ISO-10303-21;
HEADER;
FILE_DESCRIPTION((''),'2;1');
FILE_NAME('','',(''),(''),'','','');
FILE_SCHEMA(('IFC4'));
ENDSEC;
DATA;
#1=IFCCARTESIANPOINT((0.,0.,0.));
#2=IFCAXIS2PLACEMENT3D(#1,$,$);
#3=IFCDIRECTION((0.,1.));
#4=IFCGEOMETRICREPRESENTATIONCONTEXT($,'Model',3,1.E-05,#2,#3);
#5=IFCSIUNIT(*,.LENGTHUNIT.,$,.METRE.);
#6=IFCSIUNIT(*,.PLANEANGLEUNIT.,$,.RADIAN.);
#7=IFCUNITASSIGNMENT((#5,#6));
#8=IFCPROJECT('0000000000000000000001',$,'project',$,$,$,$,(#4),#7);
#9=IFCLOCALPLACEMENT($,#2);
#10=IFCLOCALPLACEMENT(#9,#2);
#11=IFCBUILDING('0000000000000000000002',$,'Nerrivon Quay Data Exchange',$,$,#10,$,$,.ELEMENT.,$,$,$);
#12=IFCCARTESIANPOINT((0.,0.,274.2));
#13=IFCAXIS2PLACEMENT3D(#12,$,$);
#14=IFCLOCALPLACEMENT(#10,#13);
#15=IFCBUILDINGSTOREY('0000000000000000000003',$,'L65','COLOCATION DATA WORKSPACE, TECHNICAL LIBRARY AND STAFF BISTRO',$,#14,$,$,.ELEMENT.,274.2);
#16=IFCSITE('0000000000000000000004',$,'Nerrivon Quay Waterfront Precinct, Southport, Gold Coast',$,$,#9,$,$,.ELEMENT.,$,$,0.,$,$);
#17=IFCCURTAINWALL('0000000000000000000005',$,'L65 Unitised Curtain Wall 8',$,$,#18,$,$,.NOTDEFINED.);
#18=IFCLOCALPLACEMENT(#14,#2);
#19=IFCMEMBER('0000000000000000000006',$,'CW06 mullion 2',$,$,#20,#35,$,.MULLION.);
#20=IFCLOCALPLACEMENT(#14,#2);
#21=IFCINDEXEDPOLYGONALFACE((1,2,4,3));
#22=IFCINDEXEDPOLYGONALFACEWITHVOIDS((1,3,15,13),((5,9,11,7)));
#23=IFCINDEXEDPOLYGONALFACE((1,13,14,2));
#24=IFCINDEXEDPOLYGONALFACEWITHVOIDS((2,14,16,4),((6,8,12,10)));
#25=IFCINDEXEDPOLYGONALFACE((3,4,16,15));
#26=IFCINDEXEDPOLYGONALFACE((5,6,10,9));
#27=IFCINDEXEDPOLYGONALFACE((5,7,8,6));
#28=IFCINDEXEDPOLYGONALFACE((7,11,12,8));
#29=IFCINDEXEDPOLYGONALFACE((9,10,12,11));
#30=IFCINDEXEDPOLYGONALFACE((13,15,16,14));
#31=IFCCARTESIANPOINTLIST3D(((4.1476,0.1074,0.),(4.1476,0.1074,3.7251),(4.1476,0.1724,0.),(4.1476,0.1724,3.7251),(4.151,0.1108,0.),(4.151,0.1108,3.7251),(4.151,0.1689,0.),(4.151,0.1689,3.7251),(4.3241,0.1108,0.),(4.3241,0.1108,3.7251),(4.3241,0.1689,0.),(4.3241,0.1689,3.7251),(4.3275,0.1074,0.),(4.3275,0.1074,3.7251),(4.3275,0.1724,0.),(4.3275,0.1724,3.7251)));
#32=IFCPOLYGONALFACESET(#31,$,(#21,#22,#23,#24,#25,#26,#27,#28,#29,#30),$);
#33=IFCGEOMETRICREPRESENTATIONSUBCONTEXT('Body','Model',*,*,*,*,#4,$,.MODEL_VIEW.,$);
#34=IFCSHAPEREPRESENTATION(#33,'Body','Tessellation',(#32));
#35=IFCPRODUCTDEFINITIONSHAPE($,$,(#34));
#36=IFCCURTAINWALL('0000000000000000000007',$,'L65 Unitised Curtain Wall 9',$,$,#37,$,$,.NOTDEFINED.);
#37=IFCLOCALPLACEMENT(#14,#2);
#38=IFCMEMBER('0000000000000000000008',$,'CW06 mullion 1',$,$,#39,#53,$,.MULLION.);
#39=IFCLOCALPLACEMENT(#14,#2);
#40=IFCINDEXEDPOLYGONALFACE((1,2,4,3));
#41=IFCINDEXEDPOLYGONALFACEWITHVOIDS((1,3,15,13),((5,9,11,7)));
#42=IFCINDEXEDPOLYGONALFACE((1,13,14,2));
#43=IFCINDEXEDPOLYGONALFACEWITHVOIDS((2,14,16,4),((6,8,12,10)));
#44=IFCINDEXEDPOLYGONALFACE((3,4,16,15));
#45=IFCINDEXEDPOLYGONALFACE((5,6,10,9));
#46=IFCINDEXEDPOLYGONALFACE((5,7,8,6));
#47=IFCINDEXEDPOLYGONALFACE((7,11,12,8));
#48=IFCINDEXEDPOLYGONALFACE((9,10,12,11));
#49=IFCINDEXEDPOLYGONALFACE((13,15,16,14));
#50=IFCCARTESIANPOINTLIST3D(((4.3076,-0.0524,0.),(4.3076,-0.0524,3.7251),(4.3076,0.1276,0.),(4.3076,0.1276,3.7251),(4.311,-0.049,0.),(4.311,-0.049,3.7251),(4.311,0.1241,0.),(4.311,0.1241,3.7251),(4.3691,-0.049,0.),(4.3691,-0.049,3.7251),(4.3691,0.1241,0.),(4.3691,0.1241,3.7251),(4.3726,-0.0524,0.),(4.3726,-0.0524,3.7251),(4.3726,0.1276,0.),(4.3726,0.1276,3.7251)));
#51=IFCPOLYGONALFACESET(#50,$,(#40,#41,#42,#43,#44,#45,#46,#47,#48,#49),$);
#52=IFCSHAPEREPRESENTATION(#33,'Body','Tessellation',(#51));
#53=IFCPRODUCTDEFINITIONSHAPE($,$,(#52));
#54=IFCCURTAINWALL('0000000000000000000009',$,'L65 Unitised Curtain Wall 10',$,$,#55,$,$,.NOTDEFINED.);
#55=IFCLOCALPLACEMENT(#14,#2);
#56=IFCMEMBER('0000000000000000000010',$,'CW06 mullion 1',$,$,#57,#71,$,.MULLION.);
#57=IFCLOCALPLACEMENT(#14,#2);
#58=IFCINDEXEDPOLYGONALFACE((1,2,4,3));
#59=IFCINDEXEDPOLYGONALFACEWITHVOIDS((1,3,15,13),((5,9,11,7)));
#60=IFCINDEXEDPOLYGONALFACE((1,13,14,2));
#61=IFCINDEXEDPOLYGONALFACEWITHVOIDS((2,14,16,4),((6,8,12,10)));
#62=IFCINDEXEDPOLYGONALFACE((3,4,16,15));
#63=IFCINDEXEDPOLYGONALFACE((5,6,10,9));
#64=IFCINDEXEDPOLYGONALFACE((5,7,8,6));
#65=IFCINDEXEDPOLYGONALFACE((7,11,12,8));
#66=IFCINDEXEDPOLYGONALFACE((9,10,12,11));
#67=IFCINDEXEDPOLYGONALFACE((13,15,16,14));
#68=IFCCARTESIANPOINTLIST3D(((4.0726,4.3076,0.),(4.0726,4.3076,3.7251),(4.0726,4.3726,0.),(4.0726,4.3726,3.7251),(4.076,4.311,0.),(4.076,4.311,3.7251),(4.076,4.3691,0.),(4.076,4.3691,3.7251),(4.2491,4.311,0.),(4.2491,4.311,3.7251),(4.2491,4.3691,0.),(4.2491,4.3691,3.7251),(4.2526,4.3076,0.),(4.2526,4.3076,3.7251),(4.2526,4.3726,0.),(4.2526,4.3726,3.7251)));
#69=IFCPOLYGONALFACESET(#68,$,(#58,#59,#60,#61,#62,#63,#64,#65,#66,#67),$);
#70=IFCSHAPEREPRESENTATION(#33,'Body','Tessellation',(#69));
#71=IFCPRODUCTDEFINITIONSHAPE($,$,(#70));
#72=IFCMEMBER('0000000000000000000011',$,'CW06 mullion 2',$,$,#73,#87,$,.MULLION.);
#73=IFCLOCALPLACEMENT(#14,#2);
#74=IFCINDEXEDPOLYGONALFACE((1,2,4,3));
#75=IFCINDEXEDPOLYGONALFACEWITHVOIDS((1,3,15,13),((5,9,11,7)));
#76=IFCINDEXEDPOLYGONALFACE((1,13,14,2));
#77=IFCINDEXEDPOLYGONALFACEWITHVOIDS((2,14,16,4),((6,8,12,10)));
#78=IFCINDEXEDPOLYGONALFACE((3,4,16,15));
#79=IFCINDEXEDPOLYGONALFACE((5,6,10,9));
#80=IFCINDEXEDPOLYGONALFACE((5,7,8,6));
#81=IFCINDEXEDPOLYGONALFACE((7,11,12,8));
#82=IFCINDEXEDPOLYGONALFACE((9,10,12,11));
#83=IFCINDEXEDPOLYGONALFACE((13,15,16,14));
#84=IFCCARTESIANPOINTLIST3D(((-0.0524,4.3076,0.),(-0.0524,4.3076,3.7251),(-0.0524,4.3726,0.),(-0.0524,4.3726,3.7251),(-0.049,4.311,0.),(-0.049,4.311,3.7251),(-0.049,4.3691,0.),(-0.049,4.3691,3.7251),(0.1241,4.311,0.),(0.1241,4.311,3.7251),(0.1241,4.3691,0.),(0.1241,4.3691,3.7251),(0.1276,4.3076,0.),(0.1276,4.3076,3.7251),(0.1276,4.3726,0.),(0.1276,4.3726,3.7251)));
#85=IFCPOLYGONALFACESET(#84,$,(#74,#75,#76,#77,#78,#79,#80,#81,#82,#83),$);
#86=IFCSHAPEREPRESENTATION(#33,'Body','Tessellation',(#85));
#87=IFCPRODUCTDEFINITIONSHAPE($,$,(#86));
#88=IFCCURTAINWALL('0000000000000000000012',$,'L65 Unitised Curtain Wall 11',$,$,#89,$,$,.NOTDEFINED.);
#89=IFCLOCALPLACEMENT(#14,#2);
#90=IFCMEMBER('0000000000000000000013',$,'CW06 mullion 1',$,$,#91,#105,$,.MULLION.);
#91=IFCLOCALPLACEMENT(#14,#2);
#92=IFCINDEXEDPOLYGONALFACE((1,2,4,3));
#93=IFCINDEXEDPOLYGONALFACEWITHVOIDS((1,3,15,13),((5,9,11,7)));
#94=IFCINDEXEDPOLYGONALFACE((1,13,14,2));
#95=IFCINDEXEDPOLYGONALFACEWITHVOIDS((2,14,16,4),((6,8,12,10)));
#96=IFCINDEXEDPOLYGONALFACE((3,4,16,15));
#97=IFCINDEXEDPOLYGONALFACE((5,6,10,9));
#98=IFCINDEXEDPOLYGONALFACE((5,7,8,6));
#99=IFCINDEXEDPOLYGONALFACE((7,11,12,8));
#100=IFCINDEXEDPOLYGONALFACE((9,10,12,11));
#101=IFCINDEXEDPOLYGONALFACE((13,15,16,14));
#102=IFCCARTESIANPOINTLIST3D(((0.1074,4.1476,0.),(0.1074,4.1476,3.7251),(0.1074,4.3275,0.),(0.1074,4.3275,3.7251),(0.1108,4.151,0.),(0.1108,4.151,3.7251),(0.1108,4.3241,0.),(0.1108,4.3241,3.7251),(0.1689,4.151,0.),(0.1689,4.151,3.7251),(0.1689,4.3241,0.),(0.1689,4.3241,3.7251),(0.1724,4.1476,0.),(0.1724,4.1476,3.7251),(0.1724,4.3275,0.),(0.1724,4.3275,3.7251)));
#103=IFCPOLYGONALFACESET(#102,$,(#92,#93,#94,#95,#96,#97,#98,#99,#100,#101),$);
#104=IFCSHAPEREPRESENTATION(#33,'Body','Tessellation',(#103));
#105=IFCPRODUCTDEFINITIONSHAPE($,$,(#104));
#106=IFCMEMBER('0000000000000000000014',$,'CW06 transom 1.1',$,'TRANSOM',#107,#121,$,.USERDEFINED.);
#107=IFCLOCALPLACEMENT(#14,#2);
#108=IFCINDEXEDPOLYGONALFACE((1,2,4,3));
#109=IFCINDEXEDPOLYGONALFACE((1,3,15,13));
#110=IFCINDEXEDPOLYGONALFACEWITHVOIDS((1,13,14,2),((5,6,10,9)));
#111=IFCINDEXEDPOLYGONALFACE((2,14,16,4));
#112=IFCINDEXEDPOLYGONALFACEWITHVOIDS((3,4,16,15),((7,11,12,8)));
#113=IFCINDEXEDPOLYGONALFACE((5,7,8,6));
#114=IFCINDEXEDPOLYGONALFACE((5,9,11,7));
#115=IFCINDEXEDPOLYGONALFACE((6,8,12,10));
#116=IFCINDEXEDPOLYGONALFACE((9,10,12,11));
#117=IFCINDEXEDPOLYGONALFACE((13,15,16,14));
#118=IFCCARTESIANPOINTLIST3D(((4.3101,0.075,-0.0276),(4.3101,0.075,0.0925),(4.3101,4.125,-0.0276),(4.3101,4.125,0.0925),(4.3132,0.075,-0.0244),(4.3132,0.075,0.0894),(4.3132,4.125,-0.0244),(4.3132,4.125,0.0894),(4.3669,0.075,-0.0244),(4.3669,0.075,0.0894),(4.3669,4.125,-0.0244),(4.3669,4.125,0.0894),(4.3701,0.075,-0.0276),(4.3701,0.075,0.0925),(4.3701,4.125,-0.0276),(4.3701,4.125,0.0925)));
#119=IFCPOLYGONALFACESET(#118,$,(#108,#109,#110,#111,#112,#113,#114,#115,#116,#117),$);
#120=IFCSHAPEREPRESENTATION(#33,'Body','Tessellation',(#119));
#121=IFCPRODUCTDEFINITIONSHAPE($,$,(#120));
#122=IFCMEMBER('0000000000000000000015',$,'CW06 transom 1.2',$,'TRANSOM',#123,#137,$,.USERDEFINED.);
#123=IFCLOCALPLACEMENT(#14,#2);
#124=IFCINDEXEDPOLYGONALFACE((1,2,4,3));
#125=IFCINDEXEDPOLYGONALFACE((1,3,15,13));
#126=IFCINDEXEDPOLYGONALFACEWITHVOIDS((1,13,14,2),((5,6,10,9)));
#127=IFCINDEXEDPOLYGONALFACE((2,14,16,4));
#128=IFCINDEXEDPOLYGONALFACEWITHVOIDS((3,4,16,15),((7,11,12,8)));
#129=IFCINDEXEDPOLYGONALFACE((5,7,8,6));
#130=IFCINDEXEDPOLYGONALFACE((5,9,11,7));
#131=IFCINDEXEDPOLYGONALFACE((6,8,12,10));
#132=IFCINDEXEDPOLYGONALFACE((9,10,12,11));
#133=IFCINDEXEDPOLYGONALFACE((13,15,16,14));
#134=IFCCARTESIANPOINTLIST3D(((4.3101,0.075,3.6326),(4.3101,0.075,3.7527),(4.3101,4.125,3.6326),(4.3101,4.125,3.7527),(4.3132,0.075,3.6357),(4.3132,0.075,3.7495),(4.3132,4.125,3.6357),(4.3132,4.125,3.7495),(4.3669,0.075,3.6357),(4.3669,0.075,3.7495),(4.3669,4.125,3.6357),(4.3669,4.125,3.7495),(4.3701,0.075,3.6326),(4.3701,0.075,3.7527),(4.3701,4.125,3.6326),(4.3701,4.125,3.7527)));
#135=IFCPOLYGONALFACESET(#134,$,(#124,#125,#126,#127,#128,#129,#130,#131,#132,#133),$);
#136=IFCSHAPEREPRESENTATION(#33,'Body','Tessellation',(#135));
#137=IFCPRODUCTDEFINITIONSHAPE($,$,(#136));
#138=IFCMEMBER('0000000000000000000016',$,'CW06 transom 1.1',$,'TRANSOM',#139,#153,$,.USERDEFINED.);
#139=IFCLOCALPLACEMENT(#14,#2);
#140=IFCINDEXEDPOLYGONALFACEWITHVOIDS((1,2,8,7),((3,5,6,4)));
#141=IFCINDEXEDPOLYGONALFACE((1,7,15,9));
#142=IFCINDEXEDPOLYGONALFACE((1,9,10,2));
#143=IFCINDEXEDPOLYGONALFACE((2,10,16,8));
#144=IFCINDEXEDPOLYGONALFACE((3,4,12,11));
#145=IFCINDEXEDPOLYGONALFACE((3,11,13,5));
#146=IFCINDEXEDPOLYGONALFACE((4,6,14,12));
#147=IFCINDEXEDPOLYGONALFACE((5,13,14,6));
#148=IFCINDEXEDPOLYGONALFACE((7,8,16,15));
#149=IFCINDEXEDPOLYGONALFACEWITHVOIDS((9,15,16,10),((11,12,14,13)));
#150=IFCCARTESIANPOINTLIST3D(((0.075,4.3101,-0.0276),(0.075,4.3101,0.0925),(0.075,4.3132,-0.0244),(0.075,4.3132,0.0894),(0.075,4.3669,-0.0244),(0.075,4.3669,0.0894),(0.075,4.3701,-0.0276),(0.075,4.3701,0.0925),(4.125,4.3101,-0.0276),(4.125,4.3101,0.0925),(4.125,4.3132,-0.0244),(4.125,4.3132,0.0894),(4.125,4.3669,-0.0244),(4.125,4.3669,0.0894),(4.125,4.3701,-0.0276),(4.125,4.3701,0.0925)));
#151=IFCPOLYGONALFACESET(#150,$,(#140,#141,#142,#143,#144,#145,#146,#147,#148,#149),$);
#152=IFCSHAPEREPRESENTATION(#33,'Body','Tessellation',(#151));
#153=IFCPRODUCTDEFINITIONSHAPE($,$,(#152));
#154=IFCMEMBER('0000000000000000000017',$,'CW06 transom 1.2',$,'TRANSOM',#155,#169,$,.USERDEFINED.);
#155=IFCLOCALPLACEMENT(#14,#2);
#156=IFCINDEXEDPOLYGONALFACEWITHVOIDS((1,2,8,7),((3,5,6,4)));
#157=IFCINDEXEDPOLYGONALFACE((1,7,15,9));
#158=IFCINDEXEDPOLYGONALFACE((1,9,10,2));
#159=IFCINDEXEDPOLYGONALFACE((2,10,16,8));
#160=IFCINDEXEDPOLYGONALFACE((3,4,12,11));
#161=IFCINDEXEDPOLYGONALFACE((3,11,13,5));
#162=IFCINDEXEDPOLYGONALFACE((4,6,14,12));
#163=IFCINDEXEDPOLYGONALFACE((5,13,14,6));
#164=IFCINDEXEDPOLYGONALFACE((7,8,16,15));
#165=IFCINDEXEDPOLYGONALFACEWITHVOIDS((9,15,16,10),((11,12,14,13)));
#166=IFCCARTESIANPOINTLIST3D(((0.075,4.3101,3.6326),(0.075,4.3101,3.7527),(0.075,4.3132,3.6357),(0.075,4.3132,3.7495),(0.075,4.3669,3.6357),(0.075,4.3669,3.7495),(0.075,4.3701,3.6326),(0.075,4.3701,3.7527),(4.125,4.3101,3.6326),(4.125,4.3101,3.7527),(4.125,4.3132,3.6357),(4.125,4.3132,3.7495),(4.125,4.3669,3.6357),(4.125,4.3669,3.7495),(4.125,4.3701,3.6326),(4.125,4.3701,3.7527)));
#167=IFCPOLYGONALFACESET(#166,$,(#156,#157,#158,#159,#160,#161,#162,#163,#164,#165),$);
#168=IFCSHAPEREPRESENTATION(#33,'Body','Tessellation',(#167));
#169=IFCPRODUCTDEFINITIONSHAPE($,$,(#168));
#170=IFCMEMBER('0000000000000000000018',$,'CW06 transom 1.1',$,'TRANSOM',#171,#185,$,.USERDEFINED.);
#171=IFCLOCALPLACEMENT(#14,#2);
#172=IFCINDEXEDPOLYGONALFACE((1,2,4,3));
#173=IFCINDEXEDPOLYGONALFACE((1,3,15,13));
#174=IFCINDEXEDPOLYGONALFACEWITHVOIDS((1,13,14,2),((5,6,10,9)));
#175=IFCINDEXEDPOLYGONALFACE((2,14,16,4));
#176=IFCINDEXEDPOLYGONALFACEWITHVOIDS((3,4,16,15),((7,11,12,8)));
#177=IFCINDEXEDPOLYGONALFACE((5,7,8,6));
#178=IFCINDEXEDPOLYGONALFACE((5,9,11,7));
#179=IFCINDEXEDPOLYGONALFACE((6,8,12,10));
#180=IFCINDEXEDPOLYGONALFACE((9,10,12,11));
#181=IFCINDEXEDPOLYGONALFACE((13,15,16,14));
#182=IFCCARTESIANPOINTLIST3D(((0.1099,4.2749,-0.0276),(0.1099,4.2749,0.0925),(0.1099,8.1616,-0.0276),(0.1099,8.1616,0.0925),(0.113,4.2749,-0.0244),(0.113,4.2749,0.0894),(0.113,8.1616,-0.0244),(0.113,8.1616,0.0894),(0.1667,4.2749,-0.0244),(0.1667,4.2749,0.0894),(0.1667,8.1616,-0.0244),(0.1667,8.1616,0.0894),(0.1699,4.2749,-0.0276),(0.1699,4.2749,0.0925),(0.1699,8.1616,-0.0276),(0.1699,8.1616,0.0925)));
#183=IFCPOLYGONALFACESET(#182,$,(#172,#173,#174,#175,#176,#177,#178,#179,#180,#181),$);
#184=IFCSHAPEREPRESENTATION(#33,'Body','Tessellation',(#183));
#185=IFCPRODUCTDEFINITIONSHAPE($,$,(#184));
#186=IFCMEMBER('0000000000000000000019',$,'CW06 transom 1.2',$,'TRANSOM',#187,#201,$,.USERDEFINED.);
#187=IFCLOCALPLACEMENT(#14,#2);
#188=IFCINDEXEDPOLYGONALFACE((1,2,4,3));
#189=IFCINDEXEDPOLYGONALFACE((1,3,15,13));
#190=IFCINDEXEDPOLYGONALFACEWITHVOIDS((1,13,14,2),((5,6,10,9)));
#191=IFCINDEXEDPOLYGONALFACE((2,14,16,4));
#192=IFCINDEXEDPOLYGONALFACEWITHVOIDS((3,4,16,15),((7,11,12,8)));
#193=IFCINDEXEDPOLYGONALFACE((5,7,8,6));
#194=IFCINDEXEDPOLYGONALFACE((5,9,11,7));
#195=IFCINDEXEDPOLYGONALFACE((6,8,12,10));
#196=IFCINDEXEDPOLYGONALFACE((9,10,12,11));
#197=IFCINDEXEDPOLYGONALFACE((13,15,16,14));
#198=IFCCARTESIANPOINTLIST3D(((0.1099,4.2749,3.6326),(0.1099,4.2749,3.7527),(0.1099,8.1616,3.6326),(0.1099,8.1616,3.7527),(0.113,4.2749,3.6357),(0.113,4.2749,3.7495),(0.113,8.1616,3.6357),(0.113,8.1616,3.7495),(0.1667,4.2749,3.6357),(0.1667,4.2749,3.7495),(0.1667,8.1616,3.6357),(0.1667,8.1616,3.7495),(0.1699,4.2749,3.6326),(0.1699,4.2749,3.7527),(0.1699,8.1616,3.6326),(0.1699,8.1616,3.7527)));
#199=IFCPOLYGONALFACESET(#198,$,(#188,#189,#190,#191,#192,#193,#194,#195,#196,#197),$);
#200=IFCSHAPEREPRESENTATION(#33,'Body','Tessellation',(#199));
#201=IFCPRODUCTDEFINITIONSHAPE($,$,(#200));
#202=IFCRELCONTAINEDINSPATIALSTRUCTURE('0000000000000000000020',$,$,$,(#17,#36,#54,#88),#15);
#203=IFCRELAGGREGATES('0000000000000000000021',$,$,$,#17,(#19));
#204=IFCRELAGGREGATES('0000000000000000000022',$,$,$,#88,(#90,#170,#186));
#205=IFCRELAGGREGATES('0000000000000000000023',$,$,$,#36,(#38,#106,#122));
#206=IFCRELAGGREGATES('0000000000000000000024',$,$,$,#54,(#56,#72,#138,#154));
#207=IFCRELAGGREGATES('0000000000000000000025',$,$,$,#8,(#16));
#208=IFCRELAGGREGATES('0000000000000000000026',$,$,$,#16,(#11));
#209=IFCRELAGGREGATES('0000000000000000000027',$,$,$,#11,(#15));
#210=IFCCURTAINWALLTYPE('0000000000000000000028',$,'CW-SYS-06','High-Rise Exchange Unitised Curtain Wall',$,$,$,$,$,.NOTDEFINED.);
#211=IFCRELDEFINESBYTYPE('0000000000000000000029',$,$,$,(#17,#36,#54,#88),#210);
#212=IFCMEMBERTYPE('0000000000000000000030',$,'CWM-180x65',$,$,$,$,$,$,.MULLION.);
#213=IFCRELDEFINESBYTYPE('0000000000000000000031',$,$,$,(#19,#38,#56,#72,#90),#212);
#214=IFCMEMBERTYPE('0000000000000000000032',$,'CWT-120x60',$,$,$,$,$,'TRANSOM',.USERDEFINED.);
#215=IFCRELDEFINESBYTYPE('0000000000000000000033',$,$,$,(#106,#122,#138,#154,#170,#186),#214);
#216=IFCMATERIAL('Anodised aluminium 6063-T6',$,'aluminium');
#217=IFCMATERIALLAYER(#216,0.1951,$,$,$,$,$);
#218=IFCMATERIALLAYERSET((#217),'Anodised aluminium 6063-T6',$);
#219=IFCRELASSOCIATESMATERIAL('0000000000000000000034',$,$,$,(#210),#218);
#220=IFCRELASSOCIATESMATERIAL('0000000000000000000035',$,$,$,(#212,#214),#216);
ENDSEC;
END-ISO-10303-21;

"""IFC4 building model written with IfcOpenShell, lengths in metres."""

from ifc_helpers import new_model, si_unit, direction, frame, origin, origin_2d, place, context, subcontext, project, spatial, hollow_rectangle, extrude, material, layer, layer_set, material_profile, profile_set, type_object, element, aggregate, save


model = new_model("IFC4")

# Units and contexts
model_context = context("Model", 3, precision=1e-05, world=origin(), true_north=direction((0.0, 1.0)))
body_context = subcontext(model_context, "Body", "Model", "MODEL_VIEW")
ifc_project = project(units=[si_unit("LENGTHUNIT", "METRE"), si_unit("PLANEANGLEUNIT", "RADIAN")], contexts=[model_context])

# Site, building, storey
site_placement = place(None, origin())
site = spatial("IfcSite", under=ifc_project, at=site_placement, Name="Nerrivon Quay Waterfront Precinct, Southport, Gold Coast", CompositionType="ELEMENT", RefElevation=0.0)
building_placement = place(site_placement, origin())
building = spatial("IfcBuilding", under=site, at=building_placement, Name="Nerrivon Quay Data Exchange", CompositionType="ELEMENT")
storey_placement = place(building_placement, frame((0.0, 0.0, 274.2)))
storey = spatial("IfcBuildingStorey", under=building, at=storey_placement, Name="L65", Description="COLOCATION DATA WORKSPACE, TECHNICAL LIBRARY AND STAFF BISTRO", CompositionType="ELEMENT", Elevation=274.2)

# Curtain walls, members
ifc_material_1 = material(Name="Anodised aluminium 6063-T6", Category="aluminium")
ifc_layer_1 = layer(ifc_material_1, 0.1951)
ifc_layer_set_1 = layer_set([ifc_layer_1], Name="Anodised aluminium 6063-T6")
curtain_wall_type = type_object("IfcCurtainWallType", Name="CW-SYS-06", Description="High-Rise Exchange Unitised Curtain Wall", PredefinedType="NOTDEFINED", material=ifc_layer_set_1)
curtain_wall_1_placement = place(storey_placement, origin())
curtain_wall_1 = element("IfcCurtainWall", 1, at=curtain_wall_1_placement, inside=storey, type_object=curtain_wall_type, Name="L65 Unitised Curtain Wall 8", PredefinedType="NOTDEFINED")
ifc_material_profile_1 = material_profile(ifc_material_1, hollow_rectangle(XDim=0.0649, YDim=0.1799, WallThickness=0.0034, at=origin_2d()), Name="ALU-MULL-180x65")
ifc_profile_set_1 = profile_set([ifc_material_profile_1], Name="Anodised aluminium 6063-T6")
member_type_1 = type_object("IfcMemberType", Name="CWM-180x65", PredefinedType="MULLION", material=ifc_profile_set_1)
member_1_placement = place(storey_placement, frame((4.2375, 0.1399, 0.0), z_axis=(0.0, 0.0, 1.0), x_axis=(0.0, -1.0, 0.0)))
member_1 = element("IfcMember", 2, at=member_1_placement, type_object=member_type_1, Name="CW06 mullion 2", PredefinedType="MULLION", context=body_context, shape_type="SweptSolid", body=[
    extrude(hollow_rectangle(XDim=0.0649, YDim=0.1799, WallThickness=0.0034, at=origin_2d()), origin(), (0.0, 0.0, 1.0), 3.7251),
])
aggregate(curtain_wall_1, [member_1])
curtain_wall_2_placement = place(storey_placement, origin())
curtain_wall_2 = element("IfcCurtainWall", 3, at=curtain_wall_2_placement, inside=storey, type_object=curtain_wall_type, Name="L65 Unitised Curtain Wall 9", PredefinedType="NOTDEFINED")
member_2_placement = place(storey_placement, frame((4.3401, 0.0376, 0.0), z_axis=(0.0, 0.0, 1.0), x_axis=(-1.0, 0.0, 0.0)))
member_2 = element("IfcMember", 4, at=member_2_placement, type_object=member_type_1, Name="CW06 mullion 1", PredefinedType="MULLION", context=body_context, shape_type="SweptSolid", body=[
    extrude(hollow_rectangle(XDim=0.0649, YDim=0.1799, WallThickness=0.0034, at=origin_2d()), origin(), (0.0, 0.0, 1.0), 3.7251),
])

# Curtain wall, members
curtain_wall_3_placement = place(storey_placement, origin())
curtain_wall_3 = element("IfcCurtainWall", 5, at=curtain_wall_3_placement, inside=storey, type_object=curtain_wall_type, Name="L65 Unitised Curtain Wall 10", PredefinedType="NOTDEFINED")
member_3_placement = place(storey_placement, frame((4.1626, 4.3401, 0.0), z_axis=(0.0, 0.0, 1.0), x_axis=(0.0, -1.0, 0.0)))
member_3 = element("IfcMember", 6, at=member_3_placement, type_object=member_type_1, Name="CW06 mullion 1", PredefinedType="MULLION", context=body_context, shape_type="SweptSolid", body=[
    extrude(hollow_rectangle(XDim=0.0649, YDim=0.1799, WallThickness=0.0034, at=origin_2d()), origin(), (0.0, 0.0, 1.0), 3.7251),
])
member_4_placement = place(storey_placement, frame((0.0376, 4.3401, 0.0), z_axis=(0.0, 0.0, 1.0), x_axis=(0.0, -1.0, 0.0)))
member_4 = element("IfcMember", 7, at=member_4_placement, type_object=member_type_1, Name="CW06 mullion 2", PredefinedType="MULLION", context=body_context, shape_type="SweptSolid", body=[
    extrude(hollow_rectangle(XDim=0.0649, YDim=0.1799, WallThickness=0.0034, at=origin_2d()), origin(), (0.0, 0.0, 1.0), 3.7251),
])

# Curtain wall, member
curtain_wall_4_placement = place(storey_placement, origin())
curtain_wall_4 = element("IfcCurtainWall", 8, at=curtain_wall_4_placement, inside=storey, type_object=curtain_wall_type, Name="L65 Unitised Curtain Wall 11", PredefinedType="NOTDEFINED")
member_5_placement = place(storey_placement, frame((0.1399, 4.2375, 0.0), z_axis=(0.0, 0.0, 1.0), x_axis=(-1.0, 0.0, 0.0)))
member_5 = element("IfcMember", 9, at=member_5_placement, type_object=member_type_1, Name="CW06 mullion 1", PredefinedType="MULLION", context=body_context, shape_type="SweptSolid", body=[
    extrude(hollow_rectangle(XDim=0.0649, YDim=0.1799, WallThickness=0.0034, at=origin_2d()), origin(), (0.0, 0.0, 1.0), 3.7251),
])

# Members
ifc_material_profile_2 = material_profile(ifc_material_1, hollow_rectangle(XDim=0.0601, YDim=0.1201, WallThickness=0.0032, at=origin_2d()), Name="ALU-TRAN-120x60")
ifc_profile_set_2 = profile_set([ifc_material_profile_2], Name="Anodised aluminium 6063-T6")
member_type_2 = type_object("IfcMemberType", Name="CWT-120x60", ElementType="TRANSOM", PredefinedType="USERDEFINED", material=ifc_profile_set_2)
member_6_placement = place(storey_placement, frame((4.3401, 0.075, 0.0325), z_axis=(0.0, 1.0, 0.0), x_axis=(-1.0, 0.0, 0.0)))
member_6 = element("IfcMember", 10, at=member_6_placement, type_object=member_type_2, Name="CW06 transom 1.1", ObjectType="TRANSOM", PredefinedType="USERDEFINED", context=body_context, shape_type="SweptSolid", body=[
    extrude(hollow_rectangle(XDim=0.0601, YDim=0.1201, WallThickness=0.0032, at=origin_2d()), origin(), (0.0, 0.0, 1.0), 4.05),
])
member_7_placement = place(storey_placement, frame((4.3401, 0.075, 3.6926), z_axis=(0.0, 1.0, 0.0), x_axis=(-1.0, 0.0, 0.0)))
member_7 = element("IfcMember", 11, at=member_7_placement, type_object=member_type_2, Name="CW06 transom 1.2", ObjectType="TRANSOM", PredefinedType="USERDEFINED", context=body_context, shape_type="SweptSolid", body=[
    extrude(hollow_rectangle(XDim=0.0601, YDim=0.1201, WallThickness=0.0032, at=origin_2d()), origin(), (0.0, 0.0, 1.0), 4.05),
])
member_8_placement = place(storey_placement, frame((4.125, 4.3401, 0.0325), z_axis=(-1.0, 0.0, 0.0), x_axis=(0.0, -1.0, 0.0)))
member_8 = element("IfcMember", 12, at=member_8_placement, type_object=member_type_2, Name="CW06 transom 1.1", ObjectType="TRANSOM", PredefinedType="USERDEFINED", context=body_context, shape_type="SweptSolid", body=[
    extrude(hollow_rectangle(XDim=0.0601, YDim=0.1201, WallThickness=0.0032, at=origin_2d()), origin(), (0.0, 0.0, 1.0), 4.05),
])
member_9_placement = place(storey_placement, frame((4.125, 4.3401, 3.6926), z_axis=(-1.0, 0.0, 0.0), x_axis=(0.0, -1.0, 0.0)))
member_9 = element("IfcMember", 13, at=member_9_placement, type_object=member_type_2, Name="CW06 transom 1.2", ObjectType="TRANSOM", PredefinedType="USERDEFINED", context=body_context, shape_type="SweptSolid", body=[
    extrude(hollow_rectangle(XDim=0.0601, YDim=0.1201, WallThickness=0.0032, at=origin_2d()), origin(), (0.0, 0.0, 1.0), 4.05),
])
member_10_placement = place(storey_placement, frame((0.1399, 4.2749, 0.0325), z_axis=(0.0, 1.0, 0.0), x_axis=(-1.0, 0.0, 0.0)))
member_10 = element("IfcMember", 14, at=member_10_placement, type_object=member_type_2, Name="CW06 transom 1.1", ObjectType="TRANSOM", PredefinedType="USERDEFINED", context=body_context, shape_type="SweptSolid", body=[
    extrude(hollow_rectangle(XDim=0.0601, YDim=0.1201, WallThickness=0.0032, at=origin_2d()), origin(), (0.0, 0.0, 1.0), 3.8867),
])
member_11_placement = place(storey_placement, frame((0.1399, 4.2749, 3.6926), z_axis=(0.0, 1.0, 0.0), x_axis=(-1.0, 0.0, 0.0)))
member_11 = element("IfcMember", 15, at=member_11_placement, type_object=member_type_2, Name="CW06 transom 1.2", ObjectType="TRANSOM", PredefinedType="USERDEFINED", context=body_context, shape_type="SweptSolid", body=[
    extrude(hollow_rectangle(XDim=0.0601, YDim=0.1201, WallThickness=0.0032, at=origin_2d()), origin(), (0.0, 0.0, 1.0), 3.8867),
])
aggregate(curtain_wall_4, [member_5, member_10, member_11])

aggregate(curtain_wall_2, [member_2, member_6, member_7])
aggregate(curtain_wall_3, [member_3, member_4, member_8, member_9])

save(model, "model.ifc")
